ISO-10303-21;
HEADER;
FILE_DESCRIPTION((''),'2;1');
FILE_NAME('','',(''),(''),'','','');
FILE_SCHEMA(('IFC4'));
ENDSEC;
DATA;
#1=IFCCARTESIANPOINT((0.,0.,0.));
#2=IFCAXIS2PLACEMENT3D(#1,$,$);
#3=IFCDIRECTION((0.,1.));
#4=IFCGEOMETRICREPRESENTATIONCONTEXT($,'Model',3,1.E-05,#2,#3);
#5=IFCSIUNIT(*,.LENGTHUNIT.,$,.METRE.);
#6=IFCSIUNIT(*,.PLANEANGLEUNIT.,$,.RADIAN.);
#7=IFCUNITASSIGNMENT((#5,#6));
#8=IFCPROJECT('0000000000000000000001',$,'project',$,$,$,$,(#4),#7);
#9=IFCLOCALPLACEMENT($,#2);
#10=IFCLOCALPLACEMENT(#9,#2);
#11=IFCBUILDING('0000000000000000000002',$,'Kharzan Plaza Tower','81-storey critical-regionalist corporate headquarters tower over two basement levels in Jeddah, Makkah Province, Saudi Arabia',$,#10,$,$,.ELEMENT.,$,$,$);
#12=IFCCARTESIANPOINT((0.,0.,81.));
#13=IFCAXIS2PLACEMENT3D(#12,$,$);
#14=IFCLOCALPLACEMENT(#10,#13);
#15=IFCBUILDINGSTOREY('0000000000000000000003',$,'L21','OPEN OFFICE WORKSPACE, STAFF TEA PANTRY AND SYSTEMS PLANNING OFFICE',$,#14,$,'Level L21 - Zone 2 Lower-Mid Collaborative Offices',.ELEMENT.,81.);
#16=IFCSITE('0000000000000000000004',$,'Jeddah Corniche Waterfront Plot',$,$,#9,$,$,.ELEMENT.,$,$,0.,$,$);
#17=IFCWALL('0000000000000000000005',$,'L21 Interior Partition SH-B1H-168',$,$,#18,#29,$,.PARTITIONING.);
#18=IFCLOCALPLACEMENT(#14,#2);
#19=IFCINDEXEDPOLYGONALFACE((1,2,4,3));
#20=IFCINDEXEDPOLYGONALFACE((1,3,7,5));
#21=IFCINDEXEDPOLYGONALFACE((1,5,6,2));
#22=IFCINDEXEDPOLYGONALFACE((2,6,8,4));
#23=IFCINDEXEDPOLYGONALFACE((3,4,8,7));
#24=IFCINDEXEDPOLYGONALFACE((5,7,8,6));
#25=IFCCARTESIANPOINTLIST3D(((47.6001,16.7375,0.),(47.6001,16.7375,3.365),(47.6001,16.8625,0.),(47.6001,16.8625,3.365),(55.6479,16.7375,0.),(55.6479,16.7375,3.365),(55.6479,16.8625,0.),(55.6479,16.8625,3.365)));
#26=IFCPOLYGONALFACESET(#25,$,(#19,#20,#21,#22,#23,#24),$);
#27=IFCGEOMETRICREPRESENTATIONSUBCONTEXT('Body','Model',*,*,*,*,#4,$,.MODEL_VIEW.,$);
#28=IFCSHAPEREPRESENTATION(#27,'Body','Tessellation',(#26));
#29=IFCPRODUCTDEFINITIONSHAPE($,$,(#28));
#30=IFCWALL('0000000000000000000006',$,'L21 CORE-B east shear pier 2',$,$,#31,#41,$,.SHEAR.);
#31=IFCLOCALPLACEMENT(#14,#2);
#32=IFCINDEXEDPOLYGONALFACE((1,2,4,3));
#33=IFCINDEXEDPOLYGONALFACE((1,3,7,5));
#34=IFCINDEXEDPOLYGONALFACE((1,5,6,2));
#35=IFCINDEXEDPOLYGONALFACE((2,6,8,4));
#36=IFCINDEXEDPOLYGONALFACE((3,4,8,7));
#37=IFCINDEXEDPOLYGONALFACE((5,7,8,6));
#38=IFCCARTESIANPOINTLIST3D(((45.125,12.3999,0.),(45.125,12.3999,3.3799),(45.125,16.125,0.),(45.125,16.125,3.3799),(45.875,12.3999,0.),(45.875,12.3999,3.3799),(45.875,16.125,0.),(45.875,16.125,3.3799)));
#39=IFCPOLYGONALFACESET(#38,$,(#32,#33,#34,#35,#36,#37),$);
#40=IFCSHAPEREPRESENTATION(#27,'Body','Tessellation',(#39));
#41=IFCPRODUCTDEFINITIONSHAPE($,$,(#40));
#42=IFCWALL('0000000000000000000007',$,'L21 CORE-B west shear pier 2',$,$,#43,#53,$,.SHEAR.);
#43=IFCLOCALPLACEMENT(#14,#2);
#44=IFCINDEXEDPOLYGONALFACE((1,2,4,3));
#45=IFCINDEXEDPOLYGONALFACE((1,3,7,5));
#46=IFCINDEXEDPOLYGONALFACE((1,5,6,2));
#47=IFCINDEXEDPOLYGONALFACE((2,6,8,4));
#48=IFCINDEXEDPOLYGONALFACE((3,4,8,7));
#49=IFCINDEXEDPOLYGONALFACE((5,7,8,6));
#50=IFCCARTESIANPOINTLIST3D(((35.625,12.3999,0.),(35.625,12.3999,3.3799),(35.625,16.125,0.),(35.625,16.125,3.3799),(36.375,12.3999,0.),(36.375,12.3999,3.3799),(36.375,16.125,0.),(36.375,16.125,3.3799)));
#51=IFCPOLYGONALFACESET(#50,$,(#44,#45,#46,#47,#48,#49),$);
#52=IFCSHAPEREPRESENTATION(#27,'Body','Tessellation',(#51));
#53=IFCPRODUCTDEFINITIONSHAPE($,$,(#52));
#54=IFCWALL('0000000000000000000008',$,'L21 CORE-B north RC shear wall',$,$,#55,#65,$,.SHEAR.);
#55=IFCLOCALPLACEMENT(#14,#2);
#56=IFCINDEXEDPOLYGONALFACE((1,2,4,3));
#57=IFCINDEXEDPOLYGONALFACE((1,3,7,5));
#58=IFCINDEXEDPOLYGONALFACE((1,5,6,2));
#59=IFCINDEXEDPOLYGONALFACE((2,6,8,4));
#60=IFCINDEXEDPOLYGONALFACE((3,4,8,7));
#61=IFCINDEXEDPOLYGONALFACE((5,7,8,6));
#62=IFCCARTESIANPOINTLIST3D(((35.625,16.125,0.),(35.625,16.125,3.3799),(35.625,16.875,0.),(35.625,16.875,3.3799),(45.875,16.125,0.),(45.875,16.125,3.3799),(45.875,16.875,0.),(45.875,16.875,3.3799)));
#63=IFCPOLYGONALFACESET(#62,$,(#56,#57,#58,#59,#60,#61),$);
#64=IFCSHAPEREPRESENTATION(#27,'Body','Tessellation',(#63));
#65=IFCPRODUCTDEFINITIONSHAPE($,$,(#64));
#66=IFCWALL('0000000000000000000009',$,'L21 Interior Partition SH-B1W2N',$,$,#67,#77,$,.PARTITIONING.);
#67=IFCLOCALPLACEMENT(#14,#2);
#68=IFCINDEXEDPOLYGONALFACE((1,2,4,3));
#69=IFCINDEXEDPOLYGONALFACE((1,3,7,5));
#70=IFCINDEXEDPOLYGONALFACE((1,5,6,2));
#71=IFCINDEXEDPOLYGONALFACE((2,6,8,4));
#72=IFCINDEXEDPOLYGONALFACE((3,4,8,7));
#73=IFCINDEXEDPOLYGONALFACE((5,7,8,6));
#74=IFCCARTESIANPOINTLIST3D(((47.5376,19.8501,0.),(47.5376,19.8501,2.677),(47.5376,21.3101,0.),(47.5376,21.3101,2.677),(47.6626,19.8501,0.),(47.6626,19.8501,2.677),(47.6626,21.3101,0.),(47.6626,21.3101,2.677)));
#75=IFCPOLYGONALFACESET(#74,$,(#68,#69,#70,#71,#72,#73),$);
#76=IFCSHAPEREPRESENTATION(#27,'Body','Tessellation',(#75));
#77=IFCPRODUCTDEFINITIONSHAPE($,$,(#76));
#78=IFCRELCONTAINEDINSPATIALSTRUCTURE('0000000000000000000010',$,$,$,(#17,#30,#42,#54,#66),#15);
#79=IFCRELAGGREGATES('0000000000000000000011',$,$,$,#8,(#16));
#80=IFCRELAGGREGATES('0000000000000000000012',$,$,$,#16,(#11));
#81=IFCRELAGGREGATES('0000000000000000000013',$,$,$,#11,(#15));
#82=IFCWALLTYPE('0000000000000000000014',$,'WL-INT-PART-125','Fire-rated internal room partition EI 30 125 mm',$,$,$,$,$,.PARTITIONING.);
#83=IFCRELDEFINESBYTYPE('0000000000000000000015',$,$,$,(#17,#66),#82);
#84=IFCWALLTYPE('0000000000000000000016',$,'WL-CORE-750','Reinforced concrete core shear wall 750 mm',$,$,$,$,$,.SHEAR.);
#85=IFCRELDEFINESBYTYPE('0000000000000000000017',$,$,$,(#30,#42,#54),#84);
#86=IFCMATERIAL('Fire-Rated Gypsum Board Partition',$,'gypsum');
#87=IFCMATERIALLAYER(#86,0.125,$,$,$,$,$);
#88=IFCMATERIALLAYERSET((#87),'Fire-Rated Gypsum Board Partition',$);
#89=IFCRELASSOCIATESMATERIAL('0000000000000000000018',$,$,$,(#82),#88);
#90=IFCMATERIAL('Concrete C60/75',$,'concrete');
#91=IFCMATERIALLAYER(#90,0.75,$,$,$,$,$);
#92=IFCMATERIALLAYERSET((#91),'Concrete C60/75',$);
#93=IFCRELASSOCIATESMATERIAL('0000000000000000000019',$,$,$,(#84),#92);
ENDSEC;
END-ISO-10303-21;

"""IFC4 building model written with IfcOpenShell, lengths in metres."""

from ifc_helpers import new_model, si_unit, direction, frame, frame_2d, origin, place, context, subcontext, project, spatial, rectangle, extrude, source, transform, mapped, material, layer, layer_set, type_object, element, save


model = new_model("IFC4")

# Units and contexts
model_context = context("Model", 3, precision=1e-05, world=origin(), true_north=direction((0.0, 1.0)))
body_context = subcontext(model_context, "Body", "Model", "MODEL_VIEW")
ifc_project = project(units=[si_unit("LENGTHUNIT", "METRE"), si_unit("PLANEANGLEUNIT", "RADIAN")], contexts=[model_context])

# Site, building, storey
site_placement = place(None, origin())
site = spatial("IfcSite", under=ifc_project, at=site_placement, Name="Jeddah Corniche Waterfront Plot", CompositionType="ELEMENT", RefElevation=0.0)
building_placement = place(site_placement, origin())
building = spatial("IfcBuilding", under=site, at=building_placement, Name="Kharzan Plaza Tower", Description="81-storey critical-regionalist corporate headquarters tower over two basement levels in Jeddah, Makkah Province, Saudi Arabia", CompositionType="ELEMENT")
storey_placement = place(building_placement, frame((0.0, 0.0, 81.0)))
storey = spatial("IfcBuildingStorey", under=building, at=storey_placement, Name="L21", Description="OPEN OFFICE WORKSPACE, STAFF TEA PANTRY AND SYSTEMS PLANNING OFFICE", LongName="Level L21 - Zone 2 Lower-Mid Collaborative Offices", CompositionType="ELEMENT", Elevation=81.0)

# Shared definitions
ifc_material_1 = material(Name="Concrete C60/75", Category="concrete")

# Shared definitions
ifc_material_2 = material(Name="Fire-Rated Gypsum Board Partition", Category="gypsum")
ifc_layer_1 = layer(ifc_material_2, 0.125)
ifc_layer_set_1 = layer_set([ifc_layer_1], Name="Fire-Rated Gypsum Board Partition")
wall_type_1 = type_object("IfcWallType", Name="WL-INT-PART-125", Description="Fire-rated internal room partition EI 30 125 mm", PredefinedType="PARTITIONING", material=ifc_layer_set_1)

# Walls
shared_shape_1 = source(origin(), body_context, "Body", "SweptSolid", [
    extrude(rectangle(XDim=8.0479, YDim=0.125, at=frame_2d((4.0239, 0.0))), origin(), (0.0, 0.0, 1.0), 3.365),
])
wall_1_placement = place(storey_placement, frame((47.6001, 16.8, 0.0), z_axis=(0.0, 0.0, 1.0), x_axis=(1.0, 0.0, 0.0)))
element("IfcWall", 1, at=wall_1_placement, inside=storey, type_object=wall_type_1, Name="L21 Interior Partition SH-B1H-168", PredefinedType="PARTITIONING", context=body_context, shape_type="MappedRepresentation", body=[
    mapped(shared_shape_1, transform((0.0, 0.0, 0.0), x_axis=(1.0, 0.0, 0.0), y_axis=(0.0, 1.0, 0.0), z_axis=(0.0, 0.0, 1.0))),
])
ifc_layer_2 = layer(ifc_material_1, 0.75)
ifc_layer_set_2 = layer_set([ifc_layer_2], Name="Concrete C60/75")
wall_type_2 = type_object("IfcWallType", Name="WL-CORE-750", Description="Reinforced concrete core shear wall 750 mm", PredefinedType="SHEAR", material=ifc_layer_set_2)
shared_shape_2 = source(origin(), body_context, "Body", "SweptSolid", [
    extrude(rectangle(XDim=3.7251, YDim=0.75, at=frame_2d((1.8625, 0.0))), origin(), (0.0, 0.0, 1.0), 3.3799),
])
for number, where, z_axis, x_axis, name in (
    (2, (45.5, 12.3999, 0.0), (0.0, 0.0, 1.0), (0.0, 1.0, 0.0), "L21 CORE-B east shear pier 2"),
    (3, (36.0, 12.3999, 0.0), (0.0, 0.0, 1.0), (0.0, 1.0, 0.0), "L21 CORE-B west shear pier 2"),
):
    element("IfcWall", number, at=place(storey_placement, frame(where, z_axis=z_axis, x_axis=x_axis)), inside=storey, type_object=wall_type_2, Name=name, PredefinedType="SHEAR", context=body_context, shape_type="MappedRepresentation", body=[
        mapped(shared_shape_2, transform((0.0, 0.0, 0.0), x_axis=(1.0, 0.0, 0.0), y_axis=(0.0, 1.0, 0.0), z_axis=(0.0, 0.0, 1.0))),
    ])
shared_shape_3 = source(origin(), body_context, "Body", "SweptSolid", [
    extrude(rectangle(XDim=10.25, YDim=0.75, at=frame_2d((5.125, 0.0))), origin(), (0.0, 0.0, 1.0), 3.3799),
])
wall_2_placement = place(storey_placement, frame((35.625, 16.5, 0.0), z_axis=(0.0, 0.0, 1.0), x_axis=(1.0, 0.0, 0.0)))
element("IfcWall", 4, at=wall_2_placement, inside=storey, type_object=wall_type_2, Name="L21 CORE-B north RC shear wall", PredefinedType="SHEAR", context=body_context, shape_type="MappedRepresentation", body=[
    mapped(shared_shape_3, transform((0.0, 0.0, 0.0), x_axis=(1.0, 0.0, 0.0), y_axis=(0.0, 1.0, 0.0), z_axis=(0.0, 0.0, 1.0))),
])
shared_shape_4 = source(origin(), body_context, "Body", "SweptSolid", [
    extrude(rectangle(XDim=1.46, YDim=0.125, at=frame_2d((0.73, 0.0))), origin(), (0.0, 0.0, 1.0), 2.677),
])
wall_3_placement = place(storey_placement, frame((47.6001, 19.8501, 0.0), z_axis=(0.0, 0.0, 1.0), x_axis=(0.0, 1.0, 0.0)))
element("IfcWall", 5, at=wall_3_placement, inside=storey, type_object=wall_type_1, Name="L21 Interior Partition SH-B1W2N", PredefinedType="PARTITIONING", context=body_context, shape_type="MappedRepresentation", body=[
    mapped(shared_shape_4, transform((0.0, 0.0, 0.0), x_axis=(1.0, 0.0, 0.0), y_axis=(0.0, 1.0, 0.0), z_axis=(0.0, 0.0, 1.0))),
])

save(model, "model.ifc")
